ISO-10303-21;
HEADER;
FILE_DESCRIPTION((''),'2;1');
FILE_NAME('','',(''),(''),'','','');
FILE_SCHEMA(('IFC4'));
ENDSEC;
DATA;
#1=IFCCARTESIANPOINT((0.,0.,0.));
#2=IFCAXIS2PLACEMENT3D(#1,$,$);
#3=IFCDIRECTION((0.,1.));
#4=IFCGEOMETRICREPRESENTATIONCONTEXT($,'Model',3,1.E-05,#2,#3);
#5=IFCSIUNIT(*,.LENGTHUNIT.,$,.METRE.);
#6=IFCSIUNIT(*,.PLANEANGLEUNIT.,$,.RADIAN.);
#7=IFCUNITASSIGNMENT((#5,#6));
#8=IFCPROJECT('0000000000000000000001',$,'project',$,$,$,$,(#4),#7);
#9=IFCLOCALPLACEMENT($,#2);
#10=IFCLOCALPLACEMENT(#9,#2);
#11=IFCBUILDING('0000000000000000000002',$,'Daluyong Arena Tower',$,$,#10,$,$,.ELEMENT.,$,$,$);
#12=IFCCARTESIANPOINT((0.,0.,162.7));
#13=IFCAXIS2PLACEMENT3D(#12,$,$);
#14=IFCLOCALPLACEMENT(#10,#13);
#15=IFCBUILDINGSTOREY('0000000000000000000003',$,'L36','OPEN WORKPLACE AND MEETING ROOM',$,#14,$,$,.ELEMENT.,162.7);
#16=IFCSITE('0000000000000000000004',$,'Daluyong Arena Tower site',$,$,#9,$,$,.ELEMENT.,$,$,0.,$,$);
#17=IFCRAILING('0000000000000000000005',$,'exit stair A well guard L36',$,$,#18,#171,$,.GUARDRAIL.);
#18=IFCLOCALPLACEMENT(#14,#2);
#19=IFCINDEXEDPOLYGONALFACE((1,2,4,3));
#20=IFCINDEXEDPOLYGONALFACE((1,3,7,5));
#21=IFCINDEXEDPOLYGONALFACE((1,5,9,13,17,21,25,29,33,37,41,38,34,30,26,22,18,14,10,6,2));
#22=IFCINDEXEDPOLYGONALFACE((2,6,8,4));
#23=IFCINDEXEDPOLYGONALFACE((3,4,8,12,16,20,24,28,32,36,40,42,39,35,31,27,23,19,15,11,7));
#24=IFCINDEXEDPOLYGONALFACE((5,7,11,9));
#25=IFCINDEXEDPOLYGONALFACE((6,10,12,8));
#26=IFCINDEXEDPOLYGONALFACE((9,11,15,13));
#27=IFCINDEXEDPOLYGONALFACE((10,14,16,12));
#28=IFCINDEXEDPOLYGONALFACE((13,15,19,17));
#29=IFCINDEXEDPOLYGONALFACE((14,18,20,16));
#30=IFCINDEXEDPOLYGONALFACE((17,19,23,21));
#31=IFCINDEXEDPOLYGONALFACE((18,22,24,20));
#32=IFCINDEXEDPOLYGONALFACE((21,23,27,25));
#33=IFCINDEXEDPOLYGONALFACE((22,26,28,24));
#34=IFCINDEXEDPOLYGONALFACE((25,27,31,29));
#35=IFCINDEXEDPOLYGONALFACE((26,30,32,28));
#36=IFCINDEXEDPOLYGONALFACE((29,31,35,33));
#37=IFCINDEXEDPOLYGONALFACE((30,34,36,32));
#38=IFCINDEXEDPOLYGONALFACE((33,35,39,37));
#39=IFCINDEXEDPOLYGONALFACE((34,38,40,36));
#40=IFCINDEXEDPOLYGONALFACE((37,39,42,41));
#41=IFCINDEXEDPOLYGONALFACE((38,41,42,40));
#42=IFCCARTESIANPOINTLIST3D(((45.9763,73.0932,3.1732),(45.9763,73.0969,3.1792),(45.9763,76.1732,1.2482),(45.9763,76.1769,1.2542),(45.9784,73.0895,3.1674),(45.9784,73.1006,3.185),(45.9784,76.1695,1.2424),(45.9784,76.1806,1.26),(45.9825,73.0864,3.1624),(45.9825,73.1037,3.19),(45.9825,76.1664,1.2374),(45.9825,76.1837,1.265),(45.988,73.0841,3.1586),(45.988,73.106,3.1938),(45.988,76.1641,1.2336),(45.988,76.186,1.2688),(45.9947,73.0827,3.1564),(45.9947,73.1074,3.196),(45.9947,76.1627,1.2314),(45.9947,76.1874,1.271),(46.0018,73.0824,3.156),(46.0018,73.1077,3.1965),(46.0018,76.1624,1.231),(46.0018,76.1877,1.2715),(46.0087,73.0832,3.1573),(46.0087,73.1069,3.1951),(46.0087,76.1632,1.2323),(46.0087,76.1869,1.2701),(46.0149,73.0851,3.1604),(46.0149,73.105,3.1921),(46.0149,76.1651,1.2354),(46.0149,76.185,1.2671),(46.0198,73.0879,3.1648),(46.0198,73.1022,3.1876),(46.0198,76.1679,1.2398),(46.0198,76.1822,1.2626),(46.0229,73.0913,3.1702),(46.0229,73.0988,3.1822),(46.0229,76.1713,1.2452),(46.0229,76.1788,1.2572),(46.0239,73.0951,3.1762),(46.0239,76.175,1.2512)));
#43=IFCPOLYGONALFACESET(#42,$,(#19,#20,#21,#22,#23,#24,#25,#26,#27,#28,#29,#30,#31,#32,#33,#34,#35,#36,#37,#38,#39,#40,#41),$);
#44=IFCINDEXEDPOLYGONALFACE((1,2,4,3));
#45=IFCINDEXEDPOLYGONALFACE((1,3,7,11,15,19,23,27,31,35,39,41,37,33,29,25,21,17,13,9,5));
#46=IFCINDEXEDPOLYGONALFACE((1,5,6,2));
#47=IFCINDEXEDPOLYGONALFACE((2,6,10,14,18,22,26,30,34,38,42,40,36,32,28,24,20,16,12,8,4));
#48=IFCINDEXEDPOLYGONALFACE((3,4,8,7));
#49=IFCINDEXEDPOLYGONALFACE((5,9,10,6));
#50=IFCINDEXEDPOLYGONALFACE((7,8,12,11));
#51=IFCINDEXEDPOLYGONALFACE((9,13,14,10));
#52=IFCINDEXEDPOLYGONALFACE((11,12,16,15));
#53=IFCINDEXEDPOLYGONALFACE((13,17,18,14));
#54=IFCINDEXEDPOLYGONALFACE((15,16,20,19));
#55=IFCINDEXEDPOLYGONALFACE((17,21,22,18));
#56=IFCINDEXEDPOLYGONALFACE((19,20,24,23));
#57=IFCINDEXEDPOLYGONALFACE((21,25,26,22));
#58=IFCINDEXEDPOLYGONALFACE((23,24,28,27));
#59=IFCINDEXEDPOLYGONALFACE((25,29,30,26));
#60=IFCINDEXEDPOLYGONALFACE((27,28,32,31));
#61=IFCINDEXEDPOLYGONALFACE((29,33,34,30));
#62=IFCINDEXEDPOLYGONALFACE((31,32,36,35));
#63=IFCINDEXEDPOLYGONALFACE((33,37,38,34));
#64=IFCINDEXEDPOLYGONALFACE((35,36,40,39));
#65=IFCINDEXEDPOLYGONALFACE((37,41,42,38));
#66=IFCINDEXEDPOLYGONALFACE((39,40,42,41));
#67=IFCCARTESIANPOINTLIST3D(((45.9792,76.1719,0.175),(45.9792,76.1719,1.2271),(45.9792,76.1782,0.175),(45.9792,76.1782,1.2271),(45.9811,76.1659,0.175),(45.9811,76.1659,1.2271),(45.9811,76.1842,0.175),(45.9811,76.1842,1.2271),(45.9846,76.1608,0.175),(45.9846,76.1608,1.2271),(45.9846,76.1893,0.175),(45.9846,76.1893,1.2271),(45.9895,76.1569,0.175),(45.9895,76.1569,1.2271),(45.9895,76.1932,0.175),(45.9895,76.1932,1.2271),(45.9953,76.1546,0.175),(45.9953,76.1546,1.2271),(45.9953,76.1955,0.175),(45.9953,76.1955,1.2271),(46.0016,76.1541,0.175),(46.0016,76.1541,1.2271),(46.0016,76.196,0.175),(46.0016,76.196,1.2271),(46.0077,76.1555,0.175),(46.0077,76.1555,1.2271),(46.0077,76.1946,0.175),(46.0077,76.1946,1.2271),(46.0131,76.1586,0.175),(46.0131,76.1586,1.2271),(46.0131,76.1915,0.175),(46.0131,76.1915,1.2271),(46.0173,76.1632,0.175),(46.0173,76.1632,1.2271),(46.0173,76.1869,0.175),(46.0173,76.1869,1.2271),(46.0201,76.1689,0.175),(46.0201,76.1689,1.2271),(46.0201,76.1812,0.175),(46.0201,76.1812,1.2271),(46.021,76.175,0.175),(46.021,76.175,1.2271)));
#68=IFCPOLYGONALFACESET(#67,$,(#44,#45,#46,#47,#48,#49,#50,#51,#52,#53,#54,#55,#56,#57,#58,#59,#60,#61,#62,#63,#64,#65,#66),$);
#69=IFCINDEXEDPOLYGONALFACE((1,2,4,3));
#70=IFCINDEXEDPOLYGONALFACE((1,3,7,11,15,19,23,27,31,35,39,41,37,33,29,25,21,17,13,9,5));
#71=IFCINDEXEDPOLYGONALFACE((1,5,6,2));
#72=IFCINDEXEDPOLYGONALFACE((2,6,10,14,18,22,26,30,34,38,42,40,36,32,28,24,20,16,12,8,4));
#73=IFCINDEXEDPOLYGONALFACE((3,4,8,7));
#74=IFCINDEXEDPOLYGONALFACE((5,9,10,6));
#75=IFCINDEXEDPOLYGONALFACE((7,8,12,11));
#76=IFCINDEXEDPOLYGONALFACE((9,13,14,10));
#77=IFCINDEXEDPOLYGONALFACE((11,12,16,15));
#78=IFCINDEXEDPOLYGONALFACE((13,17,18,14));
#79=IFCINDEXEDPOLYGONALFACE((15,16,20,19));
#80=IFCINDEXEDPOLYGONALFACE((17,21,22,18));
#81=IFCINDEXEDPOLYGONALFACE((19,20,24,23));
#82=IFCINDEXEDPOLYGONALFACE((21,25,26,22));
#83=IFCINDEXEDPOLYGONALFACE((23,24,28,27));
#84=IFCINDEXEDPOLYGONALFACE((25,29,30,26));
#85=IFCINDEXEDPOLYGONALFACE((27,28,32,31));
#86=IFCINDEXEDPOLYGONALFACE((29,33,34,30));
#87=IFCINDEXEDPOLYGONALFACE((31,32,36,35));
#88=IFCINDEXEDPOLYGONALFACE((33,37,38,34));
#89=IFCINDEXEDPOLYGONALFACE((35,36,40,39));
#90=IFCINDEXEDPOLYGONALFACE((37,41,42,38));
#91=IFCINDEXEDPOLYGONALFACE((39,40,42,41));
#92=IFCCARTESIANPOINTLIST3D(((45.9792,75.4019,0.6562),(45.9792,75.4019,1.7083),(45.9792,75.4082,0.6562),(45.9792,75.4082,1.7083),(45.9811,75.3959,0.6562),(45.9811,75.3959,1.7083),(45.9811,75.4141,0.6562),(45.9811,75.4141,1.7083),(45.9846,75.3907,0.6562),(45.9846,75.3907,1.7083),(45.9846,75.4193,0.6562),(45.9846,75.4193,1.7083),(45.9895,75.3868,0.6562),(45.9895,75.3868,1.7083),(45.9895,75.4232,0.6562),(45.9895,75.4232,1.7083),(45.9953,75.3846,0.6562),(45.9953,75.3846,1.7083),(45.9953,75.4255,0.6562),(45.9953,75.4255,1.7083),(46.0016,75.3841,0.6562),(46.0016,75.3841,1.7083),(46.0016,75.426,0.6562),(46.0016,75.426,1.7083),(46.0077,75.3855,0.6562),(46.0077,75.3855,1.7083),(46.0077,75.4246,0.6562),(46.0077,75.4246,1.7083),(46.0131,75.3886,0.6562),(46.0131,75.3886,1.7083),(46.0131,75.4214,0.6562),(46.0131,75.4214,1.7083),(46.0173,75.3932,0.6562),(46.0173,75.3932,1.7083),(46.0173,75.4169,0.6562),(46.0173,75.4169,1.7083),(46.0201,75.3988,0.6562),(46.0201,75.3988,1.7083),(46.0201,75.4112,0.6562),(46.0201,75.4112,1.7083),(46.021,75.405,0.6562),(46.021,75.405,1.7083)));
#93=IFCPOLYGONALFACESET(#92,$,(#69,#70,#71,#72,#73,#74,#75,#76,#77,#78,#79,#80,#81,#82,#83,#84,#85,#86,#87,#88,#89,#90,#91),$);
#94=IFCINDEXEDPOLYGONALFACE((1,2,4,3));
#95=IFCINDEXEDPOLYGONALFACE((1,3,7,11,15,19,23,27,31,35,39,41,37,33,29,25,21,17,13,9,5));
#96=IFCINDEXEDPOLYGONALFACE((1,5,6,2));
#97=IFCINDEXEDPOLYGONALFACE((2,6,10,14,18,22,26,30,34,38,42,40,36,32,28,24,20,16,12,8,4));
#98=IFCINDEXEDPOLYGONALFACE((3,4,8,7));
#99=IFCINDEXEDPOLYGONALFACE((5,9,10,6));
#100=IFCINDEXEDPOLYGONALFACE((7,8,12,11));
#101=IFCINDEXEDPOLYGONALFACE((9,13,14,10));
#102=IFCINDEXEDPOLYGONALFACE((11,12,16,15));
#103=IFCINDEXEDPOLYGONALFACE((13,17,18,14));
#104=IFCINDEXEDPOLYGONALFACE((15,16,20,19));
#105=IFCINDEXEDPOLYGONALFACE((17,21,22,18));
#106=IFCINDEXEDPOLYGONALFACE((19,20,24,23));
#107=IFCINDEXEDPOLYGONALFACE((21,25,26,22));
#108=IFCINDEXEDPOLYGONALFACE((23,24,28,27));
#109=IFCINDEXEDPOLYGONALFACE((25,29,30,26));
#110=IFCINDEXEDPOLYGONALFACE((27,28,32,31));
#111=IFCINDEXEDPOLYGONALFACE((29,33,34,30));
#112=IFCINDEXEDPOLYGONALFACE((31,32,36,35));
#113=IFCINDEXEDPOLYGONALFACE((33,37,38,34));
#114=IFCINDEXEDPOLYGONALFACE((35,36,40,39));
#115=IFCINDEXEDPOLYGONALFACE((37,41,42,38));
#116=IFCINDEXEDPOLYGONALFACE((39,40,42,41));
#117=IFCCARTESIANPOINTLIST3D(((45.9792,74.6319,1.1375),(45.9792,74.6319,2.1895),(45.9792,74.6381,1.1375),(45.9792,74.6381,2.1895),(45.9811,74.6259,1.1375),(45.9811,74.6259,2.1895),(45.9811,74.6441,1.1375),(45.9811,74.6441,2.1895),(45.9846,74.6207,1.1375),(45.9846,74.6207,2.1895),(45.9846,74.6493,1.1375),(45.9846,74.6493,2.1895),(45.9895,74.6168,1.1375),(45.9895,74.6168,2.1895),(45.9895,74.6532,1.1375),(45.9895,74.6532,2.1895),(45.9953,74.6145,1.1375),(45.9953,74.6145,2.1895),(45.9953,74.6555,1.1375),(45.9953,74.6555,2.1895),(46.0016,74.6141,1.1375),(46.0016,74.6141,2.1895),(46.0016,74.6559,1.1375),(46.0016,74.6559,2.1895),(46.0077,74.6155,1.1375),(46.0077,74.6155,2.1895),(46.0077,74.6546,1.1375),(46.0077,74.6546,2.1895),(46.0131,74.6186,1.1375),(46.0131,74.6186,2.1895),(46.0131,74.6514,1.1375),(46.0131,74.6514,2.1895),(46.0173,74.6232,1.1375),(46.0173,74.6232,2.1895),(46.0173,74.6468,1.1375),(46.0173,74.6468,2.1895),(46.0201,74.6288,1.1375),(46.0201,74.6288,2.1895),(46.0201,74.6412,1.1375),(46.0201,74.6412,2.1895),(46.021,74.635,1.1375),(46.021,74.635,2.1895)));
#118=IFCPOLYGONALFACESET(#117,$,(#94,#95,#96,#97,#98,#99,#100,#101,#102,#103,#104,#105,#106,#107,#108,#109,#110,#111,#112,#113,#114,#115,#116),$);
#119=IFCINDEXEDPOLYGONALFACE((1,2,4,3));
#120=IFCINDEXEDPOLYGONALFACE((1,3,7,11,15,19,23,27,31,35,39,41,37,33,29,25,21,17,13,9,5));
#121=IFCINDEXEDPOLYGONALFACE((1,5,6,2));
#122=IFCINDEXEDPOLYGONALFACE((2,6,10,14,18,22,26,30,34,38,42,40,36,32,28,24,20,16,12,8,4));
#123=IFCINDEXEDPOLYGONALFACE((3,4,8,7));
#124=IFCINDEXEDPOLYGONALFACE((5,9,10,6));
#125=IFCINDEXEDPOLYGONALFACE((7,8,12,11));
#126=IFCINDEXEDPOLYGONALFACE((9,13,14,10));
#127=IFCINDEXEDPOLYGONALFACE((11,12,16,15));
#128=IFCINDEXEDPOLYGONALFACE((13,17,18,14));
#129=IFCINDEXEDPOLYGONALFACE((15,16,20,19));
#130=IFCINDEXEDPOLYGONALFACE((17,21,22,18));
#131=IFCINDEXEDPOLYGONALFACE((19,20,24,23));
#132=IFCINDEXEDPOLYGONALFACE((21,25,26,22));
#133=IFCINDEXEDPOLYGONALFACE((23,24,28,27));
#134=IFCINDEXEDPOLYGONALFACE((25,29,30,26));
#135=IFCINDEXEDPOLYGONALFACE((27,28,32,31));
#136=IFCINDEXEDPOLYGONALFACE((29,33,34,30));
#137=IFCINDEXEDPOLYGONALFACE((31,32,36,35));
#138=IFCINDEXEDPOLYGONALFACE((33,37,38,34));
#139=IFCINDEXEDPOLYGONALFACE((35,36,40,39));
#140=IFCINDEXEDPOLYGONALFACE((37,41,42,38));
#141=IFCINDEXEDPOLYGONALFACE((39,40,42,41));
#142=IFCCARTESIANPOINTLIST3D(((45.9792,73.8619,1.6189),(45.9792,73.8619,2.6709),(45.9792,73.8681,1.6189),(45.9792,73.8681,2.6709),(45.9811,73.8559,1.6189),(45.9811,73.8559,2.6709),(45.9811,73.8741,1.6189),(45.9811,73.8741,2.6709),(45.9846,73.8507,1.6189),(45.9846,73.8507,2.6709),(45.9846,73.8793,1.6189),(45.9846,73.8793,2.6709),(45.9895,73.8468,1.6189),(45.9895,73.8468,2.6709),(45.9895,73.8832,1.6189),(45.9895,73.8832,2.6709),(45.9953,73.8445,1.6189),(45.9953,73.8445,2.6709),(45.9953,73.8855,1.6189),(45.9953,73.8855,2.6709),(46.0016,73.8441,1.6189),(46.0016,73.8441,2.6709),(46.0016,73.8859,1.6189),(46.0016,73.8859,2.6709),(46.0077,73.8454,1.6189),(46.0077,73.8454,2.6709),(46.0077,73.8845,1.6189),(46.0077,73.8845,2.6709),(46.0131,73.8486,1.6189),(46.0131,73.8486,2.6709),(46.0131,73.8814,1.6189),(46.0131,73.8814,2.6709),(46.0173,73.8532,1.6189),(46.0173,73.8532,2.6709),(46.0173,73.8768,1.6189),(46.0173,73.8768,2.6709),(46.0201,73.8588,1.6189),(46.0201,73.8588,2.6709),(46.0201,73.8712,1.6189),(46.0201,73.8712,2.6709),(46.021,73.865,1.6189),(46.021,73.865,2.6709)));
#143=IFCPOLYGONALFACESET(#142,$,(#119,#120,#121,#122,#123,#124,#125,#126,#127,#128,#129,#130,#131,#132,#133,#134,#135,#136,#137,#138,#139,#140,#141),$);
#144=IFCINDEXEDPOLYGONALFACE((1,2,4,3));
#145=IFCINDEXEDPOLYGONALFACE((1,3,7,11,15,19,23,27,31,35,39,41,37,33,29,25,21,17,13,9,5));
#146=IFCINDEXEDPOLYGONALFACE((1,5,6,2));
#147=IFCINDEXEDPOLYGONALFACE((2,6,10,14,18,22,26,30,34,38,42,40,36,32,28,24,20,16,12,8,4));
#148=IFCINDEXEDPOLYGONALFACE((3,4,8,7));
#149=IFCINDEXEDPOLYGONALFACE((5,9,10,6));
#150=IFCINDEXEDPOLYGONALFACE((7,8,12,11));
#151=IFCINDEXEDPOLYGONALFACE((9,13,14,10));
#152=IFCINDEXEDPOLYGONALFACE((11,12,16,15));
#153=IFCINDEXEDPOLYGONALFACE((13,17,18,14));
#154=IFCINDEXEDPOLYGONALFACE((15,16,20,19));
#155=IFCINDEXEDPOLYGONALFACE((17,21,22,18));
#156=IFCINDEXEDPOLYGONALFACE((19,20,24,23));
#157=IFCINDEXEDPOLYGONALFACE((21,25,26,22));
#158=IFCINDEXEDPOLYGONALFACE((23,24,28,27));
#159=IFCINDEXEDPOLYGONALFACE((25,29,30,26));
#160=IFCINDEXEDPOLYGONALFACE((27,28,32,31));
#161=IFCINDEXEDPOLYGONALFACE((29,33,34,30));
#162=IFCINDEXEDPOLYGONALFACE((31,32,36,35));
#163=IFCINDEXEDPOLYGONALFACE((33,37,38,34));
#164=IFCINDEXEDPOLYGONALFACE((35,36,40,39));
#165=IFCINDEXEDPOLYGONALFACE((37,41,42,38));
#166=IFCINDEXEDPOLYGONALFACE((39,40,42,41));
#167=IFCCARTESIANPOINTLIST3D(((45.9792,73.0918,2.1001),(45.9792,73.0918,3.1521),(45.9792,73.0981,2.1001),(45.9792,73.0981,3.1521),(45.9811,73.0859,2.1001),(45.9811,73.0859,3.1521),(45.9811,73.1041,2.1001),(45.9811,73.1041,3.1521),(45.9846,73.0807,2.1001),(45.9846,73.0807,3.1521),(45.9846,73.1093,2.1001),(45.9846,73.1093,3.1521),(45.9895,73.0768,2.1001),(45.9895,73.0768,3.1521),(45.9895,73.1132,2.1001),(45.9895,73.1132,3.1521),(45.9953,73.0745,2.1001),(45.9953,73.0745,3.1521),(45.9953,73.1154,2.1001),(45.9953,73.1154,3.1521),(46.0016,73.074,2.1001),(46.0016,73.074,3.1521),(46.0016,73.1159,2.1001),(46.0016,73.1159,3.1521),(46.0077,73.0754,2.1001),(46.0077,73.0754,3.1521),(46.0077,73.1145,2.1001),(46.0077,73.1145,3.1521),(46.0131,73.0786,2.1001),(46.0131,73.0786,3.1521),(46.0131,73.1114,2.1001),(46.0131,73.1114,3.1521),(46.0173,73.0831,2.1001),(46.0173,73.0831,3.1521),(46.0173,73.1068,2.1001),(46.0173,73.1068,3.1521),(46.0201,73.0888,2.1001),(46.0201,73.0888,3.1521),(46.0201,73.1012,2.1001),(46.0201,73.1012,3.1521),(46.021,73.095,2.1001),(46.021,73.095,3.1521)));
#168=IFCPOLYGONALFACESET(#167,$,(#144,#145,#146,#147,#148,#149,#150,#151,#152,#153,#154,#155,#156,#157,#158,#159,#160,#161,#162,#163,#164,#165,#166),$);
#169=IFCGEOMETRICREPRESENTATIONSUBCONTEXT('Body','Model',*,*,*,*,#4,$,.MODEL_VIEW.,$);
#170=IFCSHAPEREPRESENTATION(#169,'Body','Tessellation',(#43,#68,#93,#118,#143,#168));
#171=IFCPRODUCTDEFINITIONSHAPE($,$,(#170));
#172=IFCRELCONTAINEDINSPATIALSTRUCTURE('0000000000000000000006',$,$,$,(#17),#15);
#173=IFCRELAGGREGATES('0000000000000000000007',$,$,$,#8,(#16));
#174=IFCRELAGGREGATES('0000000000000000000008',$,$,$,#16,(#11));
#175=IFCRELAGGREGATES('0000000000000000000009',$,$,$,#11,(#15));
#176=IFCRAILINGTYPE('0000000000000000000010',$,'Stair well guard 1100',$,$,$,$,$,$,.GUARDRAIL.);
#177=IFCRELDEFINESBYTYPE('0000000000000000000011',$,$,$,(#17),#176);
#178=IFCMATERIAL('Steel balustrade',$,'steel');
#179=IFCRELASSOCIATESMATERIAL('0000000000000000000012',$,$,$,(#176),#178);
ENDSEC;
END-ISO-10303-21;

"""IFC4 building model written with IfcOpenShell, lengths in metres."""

from ifc_helpers import new_model, si_unit, direction, frame, origin, origin_2d, place, context, subcontext, project, spatial, circle, extrude, material, type_object, element, save


model = new_model("IFC4")

# Units and contexts
model_context = context("Model", 3, precision=1e-05, world=origin(), true_north=direction((0.0, 1.0)))
body_context = subcontext(model_context, "Body", "Model", "MODEL_VIEW")
ifc_project = project(units=[si_unit("LENGTHUNIT", "METRE"), si_unit("PLANEANGLEUNIT", "RADIAN")], contexts=[model_context])

# Site, building, storey
site_placement = place(None, origin())
site = spatial("IfcSite", under=ifc_project, at=site_placement, Name="Daluyong Arena Tower site", CompositionType="ELEMENT", RefElevation=0.0)
building_placement = place(site_placement, origin())
building = spatial("IfcBuilding", under=site, at=building_placement, Name="Daluyong Arena Tower", CompositionType="ELEMENT")
storey_placement = place(building_placement, frame((0.0, 0.0, 162.7)))
storey = spatial("IfcBuildingStorey", under=building, at=storey_placement, Name="L36", Description="OPEN WORKPLACE AND MEETING ROOM", CompositionType="ELEMENT", Elevation=162.7)

# Railing
ifc_material_1 = material(Name="Steel balustrade", Category="steel")
railing_type_1 = type_object("IfcRailingType", Name="Stair well guard 1100", PredefinedType="GUARDRAIL", material=ifc_material_1)
railing_1_placement = place(storey_placement, frame((46.0, 76.175, 0.175)))
element("IfcRailing", 1, at=railing_1_placement, inside=storey, type_object=railing_type_1, Name="exit stair A well guard L36", PredefinedType="GUARDRAIL", context=body_context, shape_type="SweptSolid", body=[
    extrude(circle(Radius=0.0239, at=origin_2d()), frame((0.0, 0.0, 1.0762), z_axis=(0.0, -0.847998, 0.529999), x_axis=(1.0, 0.0, 0.0)), (0.0, 0.0, 1.0), 3.6321),
    extrude(circle(Radius=0.021, at=origin_2d()), origin(), (0.0, 0.0, 1.0), 1.052),
    extrude(circle(Radius=0.021, at=origin_2d()), frame((0.0, -0.77, 0.4812)), (0.0, 0.0, 1.0), 1.052),
    extrude(circle(Radius=0.021, at=origin_2d()), frame((0.0, -1.54, 0.9624)), (0.0, 0.0, 1.0), 1.052),
    extrude(circle(Radius=0.021, at=origin_2d()), frame((0.0, -2.3101, 1.4438)), (0.0, 0.0, 1.0), 1.052),
    extrude(circle(Radius=0.021, at=origin_2d()), frame((0.0, -3.0801, 1.925)), (0.0, 0.0, 1.0), 1.052),
])

save(model, "model.ifc")
